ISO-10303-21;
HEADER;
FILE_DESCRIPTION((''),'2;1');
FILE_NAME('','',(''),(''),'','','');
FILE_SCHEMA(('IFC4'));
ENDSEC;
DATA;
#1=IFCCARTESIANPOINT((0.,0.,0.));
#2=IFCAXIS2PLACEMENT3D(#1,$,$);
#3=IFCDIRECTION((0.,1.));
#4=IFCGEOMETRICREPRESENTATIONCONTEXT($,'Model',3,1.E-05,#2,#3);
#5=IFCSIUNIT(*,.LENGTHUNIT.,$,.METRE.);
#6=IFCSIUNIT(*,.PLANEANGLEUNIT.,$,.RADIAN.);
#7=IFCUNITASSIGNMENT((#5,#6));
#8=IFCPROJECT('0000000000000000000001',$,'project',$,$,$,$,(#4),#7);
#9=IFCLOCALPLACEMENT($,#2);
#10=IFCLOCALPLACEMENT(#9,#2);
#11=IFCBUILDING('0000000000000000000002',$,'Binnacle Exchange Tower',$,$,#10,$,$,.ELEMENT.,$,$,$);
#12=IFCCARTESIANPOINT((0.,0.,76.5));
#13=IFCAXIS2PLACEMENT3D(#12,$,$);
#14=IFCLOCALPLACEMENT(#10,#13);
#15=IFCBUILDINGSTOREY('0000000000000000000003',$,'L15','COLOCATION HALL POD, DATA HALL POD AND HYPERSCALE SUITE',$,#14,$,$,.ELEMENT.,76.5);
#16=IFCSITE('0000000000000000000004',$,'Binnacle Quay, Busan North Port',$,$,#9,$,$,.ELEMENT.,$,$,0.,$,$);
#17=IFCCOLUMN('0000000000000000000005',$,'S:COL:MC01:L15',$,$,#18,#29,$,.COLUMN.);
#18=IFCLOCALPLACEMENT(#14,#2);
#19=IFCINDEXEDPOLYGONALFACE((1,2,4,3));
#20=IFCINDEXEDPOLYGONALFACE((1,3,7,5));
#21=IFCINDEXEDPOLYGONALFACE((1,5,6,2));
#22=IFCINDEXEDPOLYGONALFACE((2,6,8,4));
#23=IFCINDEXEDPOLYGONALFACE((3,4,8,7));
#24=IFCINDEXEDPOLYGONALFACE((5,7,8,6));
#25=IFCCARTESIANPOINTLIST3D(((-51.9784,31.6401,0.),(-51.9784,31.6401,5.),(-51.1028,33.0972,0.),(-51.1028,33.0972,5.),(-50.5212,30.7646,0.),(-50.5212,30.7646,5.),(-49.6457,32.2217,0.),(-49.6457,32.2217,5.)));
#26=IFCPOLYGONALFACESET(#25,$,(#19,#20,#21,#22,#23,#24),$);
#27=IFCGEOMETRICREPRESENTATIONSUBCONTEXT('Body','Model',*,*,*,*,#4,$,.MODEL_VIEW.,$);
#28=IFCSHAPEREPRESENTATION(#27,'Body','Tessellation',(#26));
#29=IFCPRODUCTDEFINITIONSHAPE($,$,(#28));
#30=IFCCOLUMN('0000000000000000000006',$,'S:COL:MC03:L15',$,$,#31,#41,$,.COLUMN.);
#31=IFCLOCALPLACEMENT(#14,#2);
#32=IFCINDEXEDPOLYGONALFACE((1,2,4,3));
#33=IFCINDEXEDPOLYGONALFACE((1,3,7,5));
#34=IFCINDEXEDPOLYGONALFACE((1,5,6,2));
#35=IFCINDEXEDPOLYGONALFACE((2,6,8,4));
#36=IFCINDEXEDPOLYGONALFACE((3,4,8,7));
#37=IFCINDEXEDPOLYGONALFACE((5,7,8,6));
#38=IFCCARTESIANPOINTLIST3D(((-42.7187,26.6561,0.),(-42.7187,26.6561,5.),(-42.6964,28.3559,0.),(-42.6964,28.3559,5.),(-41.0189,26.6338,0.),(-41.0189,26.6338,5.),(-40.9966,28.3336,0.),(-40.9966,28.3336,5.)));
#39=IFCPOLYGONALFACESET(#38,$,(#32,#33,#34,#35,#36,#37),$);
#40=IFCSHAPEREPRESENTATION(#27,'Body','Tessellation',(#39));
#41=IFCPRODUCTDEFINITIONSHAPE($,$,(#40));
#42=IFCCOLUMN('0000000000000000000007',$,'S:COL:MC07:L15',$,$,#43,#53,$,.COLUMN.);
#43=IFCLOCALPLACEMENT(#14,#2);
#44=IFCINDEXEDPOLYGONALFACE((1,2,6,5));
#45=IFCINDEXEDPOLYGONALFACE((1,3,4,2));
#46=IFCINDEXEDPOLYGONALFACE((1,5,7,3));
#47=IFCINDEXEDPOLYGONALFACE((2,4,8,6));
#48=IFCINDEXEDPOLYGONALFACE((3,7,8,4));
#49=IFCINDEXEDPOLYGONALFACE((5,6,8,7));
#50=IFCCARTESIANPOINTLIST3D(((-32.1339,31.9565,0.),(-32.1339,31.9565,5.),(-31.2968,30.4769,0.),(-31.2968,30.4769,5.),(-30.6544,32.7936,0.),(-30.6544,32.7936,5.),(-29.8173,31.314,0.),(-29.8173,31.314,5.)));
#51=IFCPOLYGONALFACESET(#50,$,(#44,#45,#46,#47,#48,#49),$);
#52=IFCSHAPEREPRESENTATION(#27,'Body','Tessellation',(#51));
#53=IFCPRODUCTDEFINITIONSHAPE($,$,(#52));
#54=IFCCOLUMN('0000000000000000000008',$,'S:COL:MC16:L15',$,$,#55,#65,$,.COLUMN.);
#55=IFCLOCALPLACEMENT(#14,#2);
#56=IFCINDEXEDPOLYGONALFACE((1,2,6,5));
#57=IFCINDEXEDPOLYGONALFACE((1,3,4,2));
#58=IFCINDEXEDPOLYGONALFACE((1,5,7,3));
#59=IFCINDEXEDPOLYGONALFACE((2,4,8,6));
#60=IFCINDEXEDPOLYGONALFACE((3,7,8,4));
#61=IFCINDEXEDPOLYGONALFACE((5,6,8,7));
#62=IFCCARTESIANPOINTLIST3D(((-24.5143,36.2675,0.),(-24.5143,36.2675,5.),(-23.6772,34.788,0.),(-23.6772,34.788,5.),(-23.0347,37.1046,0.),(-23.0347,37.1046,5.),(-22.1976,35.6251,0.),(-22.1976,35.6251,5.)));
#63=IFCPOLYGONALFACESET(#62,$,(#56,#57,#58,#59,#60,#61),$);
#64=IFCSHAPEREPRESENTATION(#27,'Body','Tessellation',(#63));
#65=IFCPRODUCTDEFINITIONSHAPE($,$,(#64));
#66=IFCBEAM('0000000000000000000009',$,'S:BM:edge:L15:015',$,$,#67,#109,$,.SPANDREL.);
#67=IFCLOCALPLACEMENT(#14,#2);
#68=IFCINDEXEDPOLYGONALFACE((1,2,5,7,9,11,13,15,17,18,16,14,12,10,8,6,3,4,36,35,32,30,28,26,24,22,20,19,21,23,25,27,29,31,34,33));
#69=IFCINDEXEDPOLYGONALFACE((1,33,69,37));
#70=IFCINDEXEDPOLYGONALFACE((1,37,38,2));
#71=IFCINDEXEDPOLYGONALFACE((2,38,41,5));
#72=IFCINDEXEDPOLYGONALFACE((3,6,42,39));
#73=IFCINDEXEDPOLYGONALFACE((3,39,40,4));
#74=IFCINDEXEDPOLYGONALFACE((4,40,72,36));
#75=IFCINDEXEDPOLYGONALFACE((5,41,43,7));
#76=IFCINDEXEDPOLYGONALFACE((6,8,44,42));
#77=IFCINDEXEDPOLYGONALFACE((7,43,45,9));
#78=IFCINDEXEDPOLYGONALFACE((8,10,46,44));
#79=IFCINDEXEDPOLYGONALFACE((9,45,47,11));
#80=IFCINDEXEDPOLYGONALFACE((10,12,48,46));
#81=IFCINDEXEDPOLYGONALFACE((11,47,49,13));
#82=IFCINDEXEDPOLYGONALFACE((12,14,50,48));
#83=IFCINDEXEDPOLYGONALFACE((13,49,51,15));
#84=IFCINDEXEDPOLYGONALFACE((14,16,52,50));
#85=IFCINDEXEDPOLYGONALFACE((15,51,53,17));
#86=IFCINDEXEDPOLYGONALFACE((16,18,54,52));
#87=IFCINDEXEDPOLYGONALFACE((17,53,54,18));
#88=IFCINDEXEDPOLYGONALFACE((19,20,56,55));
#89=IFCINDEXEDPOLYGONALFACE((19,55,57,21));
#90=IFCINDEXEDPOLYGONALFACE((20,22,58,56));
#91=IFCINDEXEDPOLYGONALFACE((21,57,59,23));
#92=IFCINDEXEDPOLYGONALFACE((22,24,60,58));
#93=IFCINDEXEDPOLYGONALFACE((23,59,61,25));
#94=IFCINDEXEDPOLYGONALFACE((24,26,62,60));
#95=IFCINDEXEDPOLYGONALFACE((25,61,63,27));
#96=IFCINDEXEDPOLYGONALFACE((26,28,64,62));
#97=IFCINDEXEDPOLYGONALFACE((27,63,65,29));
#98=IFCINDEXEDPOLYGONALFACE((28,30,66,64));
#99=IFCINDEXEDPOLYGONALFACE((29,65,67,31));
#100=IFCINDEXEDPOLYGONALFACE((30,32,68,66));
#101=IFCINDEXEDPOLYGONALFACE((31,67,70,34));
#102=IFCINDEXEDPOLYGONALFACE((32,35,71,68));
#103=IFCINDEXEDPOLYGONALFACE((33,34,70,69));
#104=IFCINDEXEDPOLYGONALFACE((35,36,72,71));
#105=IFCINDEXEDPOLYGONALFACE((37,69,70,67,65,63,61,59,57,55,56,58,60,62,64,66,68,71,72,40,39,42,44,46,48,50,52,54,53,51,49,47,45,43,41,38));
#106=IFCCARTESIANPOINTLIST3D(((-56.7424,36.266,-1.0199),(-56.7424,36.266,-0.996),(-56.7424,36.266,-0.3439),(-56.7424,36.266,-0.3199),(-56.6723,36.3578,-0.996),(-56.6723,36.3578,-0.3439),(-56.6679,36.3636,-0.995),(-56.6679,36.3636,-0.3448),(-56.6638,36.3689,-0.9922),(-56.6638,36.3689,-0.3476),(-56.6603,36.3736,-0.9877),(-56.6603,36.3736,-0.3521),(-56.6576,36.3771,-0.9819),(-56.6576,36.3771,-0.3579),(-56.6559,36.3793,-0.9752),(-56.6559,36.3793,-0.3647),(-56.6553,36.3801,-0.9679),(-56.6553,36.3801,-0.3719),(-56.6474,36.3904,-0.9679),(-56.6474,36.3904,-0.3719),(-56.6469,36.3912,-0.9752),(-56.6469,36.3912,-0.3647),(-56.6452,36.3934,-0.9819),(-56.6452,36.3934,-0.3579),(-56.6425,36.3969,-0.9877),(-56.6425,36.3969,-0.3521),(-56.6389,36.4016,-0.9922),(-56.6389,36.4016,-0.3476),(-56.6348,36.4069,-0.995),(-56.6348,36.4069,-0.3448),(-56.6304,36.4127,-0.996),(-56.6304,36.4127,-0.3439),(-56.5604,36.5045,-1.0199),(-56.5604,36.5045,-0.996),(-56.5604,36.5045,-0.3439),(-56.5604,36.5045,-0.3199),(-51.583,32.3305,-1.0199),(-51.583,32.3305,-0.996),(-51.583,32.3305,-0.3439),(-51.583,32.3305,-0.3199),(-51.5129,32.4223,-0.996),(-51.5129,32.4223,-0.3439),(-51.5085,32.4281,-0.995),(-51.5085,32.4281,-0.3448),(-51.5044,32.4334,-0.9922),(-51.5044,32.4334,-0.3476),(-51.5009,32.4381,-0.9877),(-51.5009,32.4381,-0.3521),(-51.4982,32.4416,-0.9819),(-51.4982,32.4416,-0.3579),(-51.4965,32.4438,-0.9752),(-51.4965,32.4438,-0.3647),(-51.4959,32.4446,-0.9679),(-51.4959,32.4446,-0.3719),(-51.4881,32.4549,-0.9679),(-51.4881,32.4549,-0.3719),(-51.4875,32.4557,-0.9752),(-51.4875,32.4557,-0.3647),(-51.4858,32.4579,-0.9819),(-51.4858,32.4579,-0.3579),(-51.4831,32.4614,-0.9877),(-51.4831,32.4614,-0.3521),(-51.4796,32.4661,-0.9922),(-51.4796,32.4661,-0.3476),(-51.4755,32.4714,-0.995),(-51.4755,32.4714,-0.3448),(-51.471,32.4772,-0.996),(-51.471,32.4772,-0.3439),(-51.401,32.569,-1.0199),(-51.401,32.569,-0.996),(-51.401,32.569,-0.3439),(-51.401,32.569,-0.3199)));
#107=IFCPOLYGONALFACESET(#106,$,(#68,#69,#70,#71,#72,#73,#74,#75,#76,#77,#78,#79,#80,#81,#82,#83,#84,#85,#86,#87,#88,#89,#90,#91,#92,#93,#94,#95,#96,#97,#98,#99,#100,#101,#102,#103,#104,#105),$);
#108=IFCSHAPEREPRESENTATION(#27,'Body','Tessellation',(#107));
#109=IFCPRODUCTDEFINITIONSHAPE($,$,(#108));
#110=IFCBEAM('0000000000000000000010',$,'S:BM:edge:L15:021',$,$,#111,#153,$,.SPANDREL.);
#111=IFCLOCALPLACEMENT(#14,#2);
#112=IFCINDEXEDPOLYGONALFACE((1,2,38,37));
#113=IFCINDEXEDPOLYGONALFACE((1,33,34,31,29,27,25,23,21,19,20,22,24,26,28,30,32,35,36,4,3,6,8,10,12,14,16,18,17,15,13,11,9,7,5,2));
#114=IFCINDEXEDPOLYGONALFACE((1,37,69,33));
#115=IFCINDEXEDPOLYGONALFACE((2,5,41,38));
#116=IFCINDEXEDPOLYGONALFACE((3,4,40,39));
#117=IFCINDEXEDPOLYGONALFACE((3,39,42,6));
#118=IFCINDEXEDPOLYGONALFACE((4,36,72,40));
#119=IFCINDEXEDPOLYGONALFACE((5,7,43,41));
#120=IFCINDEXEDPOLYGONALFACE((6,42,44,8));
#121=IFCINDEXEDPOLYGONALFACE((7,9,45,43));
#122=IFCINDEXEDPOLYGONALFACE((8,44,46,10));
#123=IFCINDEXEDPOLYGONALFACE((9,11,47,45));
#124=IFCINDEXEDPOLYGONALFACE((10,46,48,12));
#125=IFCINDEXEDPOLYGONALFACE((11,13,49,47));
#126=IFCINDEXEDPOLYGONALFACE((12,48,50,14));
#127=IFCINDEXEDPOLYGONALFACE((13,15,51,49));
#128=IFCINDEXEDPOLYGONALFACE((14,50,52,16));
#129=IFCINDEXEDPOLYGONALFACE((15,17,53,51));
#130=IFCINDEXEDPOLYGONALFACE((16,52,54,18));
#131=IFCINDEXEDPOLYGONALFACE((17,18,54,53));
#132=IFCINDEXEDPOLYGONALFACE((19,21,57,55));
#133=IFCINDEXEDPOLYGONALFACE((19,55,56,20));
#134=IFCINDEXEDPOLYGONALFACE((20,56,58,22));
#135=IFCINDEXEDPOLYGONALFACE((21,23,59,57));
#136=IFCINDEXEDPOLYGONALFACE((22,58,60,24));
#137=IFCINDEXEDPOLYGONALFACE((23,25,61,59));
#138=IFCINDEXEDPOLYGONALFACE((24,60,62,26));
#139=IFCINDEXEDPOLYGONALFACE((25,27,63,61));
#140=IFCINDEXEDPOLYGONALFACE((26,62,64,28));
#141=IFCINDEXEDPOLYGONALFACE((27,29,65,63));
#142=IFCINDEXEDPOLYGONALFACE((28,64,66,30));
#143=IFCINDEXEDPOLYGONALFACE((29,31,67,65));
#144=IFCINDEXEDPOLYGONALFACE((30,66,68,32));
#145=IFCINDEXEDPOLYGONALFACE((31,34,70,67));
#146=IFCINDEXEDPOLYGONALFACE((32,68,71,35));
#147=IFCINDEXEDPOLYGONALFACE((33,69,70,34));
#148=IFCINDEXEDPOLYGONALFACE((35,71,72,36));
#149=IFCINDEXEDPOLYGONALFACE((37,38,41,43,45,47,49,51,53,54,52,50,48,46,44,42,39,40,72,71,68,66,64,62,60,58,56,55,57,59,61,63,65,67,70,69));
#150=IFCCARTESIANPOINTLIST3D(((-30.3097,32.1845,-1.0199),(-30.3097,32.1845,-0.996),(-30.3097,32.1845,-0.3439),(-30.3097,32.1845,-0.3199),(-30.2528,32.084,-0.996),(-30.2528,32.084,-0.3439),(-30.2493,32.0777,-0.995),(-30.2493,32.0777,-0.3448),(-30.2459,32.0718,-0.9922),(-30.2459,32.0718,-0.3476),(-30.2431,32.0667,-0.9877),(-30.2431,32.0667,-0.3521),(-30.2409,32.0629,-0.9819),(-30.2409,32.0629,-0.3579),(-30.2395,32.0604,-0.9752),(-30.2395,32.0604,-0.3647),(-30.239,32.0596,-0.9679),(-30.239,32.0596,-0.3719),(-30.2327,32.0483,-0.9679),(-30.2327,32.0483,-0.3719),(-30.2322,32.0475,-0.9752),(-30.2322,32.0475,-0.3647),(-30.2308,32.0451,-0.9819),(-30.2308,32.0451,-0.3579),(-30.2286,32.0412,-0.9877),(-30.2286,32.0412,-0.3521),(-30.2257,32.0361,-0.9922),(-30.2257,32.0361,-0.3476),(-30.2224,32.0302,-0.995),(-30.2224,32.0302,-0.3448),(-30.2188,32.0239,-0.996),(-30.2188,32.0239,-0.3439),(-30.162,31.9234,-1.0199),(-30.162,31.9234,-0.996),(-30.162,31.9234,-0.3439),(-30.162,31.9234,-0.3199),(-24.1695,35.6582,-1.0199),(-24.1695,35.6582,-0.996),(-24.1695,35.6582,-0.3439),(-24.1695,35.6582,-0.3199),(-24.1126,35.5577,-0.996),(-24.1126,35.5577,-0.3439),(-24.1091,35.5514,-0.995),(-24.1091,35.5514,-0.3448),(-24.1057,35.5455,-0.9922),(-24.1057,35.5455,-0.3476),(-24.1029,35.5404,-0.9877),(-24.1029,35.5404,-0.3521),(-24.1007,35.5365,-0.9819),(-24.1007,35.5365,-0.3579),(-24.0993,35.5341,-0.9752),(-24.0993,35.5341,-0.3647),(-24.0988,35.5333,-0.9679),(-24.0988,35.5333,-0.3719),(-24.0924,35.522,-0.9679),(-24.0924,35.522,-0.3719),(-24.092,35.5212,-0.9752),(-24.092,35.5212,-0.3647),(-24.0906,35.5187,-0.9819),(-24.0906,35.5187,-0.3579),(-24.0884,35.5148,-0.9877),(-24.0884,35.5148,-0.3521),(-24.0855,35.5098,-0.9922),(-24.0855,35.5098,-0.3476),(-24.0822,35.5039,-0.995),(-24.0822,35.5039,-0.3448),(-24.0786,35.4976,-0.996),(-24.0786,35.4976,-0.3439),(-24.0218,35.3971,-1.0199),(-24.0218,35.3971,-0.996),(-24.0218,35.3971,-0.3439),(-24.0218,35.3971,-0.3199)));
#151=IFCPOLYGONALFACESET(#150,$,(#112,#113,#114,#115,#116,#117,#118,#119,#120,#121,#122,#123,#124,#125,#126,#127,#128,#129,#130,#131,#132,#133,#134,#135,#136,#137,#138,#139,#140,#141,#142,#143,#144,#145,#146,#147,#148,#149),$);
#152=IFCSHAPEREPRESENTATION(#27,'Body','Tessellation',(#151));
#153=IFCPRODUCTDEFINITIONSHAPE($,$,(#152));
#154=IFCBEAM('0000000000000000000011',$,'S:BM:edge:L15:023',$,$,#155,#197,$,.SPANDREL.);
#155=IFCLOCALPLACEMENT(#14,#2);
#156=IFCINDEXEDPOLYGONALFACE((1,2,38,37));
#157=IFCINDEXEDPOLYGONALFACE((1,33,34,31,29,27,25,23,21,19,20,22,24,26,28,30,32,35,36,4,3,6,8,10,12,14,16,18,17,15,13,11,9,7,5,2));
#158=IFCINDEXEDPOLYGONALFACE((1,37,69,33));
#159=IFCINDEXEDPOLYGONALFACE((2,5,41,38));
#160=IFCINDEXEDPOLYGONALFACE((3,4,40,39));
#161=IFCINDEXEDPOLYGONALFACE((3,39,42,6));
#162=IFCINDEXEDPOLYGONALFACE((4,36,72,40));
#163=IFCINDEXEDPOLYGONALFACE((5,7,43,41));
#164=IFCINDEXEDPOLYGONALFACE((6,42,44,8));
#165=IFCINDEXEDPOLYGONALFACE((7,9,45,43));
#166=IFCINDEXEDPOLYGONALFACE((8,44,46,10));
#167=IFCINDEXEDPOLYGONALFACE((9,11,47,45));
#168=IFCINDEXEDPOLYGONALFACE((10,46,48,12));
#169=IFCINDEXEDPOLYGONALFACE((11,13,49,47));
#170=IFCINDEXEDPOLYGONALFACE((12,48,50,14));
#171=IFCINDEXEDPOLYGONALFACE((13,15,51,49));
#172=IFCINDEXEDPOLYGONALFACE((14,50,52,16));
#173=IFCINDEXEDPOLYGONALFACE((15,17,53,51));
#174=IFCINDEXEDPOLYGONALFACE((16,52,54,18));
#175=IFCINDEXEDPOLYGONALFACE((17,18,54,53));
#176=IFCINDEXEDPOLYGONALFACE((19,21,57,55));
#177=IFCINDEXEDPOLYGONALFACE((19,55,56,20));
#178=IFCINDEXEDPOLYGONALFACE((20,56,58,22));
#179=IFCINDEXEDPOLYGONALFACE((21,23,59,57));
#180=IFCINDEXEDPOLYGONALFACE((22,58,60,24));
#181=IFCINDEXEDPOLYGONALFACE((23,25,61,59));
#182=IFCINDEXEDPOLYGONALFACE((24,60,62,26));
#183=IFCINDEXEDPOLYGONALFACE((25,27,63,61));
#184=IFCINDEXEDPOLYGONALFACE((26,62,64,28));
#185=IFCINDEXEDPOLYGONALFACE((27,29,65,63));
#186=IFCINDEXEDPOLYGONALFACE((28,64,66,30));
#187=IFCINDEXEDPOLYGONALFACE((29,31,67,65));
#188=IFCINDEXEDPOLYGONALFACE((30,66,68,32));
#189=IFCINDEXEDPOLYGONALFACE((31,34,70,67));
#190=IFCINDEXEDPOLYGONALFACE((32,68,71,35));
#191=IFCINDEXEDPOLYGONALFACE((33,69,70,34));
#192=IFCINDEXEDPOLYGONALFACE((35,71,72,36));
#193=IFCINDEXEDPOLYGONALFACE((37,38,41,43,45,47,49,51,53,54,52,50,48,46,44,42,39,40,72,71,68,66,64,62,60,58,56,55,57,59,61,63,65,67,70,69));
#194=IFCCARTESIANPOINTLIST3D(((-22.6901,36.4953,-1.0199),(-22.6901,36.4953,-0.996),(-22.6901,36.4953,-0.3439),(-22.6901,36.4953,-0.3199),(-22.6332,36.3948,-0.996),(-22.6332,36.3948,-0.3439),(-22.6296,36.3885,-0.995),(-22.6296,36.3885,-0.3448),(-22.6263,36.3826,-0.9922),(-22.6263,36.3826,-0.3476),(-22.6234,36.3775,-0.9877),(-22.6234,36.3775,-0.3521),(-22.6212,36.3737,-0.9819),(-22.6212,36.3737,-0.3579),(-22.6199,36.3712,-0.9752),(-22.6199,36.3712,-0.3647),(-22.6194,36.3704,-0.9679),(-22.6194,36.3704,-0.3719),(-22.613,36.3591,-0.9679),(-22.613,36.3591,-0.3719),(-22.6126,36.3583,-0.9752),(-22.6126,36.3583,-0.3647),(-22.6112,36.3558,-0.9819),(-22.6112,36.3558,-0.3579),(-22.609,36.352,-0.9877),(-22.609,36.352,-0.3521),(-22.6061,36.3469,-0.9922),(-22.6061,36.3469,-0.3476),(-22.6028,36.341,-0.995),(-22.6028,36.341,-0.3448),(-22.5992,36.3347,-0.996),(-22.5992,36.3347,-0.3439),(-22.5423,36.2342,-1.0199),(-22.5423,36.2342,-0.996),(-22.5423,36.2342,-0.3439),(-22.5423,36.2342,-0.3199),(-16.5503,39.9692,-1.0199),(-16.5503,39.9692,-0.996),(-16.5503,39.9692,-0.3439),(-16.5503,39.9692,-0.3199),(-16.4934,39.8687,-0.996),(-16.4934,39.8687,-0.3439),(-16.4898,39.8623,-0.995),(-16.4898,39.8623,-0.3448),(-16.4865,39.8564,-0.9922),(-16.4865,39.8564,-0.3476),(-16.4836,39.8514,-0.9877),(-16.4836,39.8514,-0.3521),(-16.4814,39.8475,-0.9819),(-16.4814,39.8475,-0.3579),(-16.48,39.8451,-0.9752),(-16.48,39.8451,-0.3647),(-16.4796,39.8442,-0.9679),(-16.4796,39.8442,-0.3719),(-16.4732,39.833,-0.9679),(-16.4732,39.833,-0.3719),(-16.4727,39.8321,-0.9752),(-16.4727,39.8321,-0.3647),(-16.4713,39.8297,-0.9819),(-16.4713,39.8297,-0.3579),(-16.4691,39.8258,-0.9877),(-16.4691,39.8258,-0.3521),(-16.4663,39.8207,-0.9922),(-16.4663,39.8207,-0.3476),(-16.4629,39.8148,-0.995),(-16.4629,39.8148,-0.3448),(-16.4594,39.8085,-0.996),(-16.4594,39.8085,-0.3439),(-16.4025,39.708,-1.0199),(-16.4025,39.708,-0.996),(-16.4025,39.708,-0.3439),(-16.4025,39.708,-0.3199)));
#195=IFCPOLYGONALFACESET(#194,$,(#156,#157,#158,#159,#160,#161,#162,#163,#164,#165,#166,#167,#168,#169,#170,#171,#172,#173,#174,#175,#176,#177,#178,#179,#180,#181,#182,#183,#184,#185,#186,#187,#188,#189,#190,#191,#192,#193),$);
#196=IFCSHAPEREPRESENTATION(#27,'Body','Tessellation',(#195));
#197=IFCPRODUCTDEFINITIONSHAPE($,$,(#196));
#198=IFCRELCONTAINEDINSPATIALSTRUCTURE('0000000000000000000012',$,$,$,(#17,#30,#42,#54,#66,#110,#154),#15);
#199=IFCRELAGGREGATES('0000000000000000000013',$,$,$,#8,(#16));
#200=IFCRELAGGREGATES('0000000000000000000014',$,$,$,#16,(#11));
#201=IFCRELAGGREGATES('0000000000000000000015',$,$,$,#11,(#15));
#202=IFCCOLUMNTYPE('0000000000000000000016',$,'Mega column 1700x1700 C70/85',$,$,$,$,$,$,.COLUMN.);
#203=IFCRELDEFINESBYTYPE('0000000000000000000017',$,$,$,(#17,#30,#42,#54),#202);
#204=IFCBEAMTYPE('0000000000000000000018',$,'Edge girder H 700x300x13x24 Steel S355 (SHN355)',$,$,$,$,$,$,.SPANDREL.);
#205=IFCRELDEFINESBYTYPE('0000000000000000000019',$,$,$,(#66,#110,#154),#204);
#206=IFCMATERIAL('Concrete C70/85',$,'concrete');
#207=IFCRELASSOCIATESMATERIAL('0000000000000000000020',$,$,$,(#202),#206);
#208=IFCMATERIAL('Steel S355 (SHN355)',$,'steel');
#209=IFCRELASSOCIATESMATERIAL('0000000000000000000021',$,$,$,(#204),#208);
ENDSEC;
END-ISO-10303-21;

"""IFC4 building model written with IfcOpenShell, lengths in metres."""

from ifc_helpers import new_model, si_unit, direction, frame, origin, origin_2d, place, context, subcontext, project, spatial, rectangle, i_section, extrude, material, material_profile, profile_set, type_object, element, save


model = new_model("IFC4")

# Units and contexts
model_context = context("Model", 3, precision=1e-05, world=origin(), true_north=direction((0.0, 1.0)))
body_context = subcontext(model_context, "Body", "Model", "MODEL_VIEW")
ifc_project = project(units=[si_unit("LENGTHUNIT", "METRE"), si_unit("PLANEANGLEUNIT", "RADIAN")], contexts=[model_context])

# Site, building, storey
site_placement = place(None, origin())
site = spatial("IfcSite", under=ifc_project, at=site_placement, Name="Binnacle Quay, Busan North Port", CompositionType="ELEMENT", RefElevation=0.0)
building_placement = place(site_placement, origin())
building = spatial("IfcBuilding", under=site, at=building_placement, Name="Binnacle Exchange Tower", CompositionType="ELEMENT")
storey_placement = place(building_placement, frame((0.0, 0.0, 76.5)))
storey = spatial("IfcBuildingStorey", under=building, at=storey_placement, Name="L15", Description="COLOCATION HALL POD, DATA HALL POD AND HYPERSCALE SUITE", CompositionType="ELEMENT", Elevation=76.5)

# Columns
ifc_material_1 = material(Name="Concrete C70/85", Category="concrete")
ifc_material_profile_1 = material_profile(ifc_material_1, rectangle(XDim=1.7, YDim=1.7, at=origin_2d()), Name="Mega column 1700x1700 C70/85")
ifc_profile_set_1 = profile_set([ifc_material_profile_1], Name="Concrete C70/85")
column_type = type_object("IfcColumnType", Name="Mega column 1700x1700 C70/85", PredefinedType="COLUMN", material=ifc_profile_set_1)
for number, where, z_axis, x_axis, name in (
    (1, (-50.812, 31.9309, 0.0), (0.0, 0.0, 1.0), (0.857167, -0.515038, 0.0), "S:COL:MC01:L15"),
    (2, (-41.8577, 27.4949, 0.0), (0.0, 0.0, 1.0), (0.999914, -0.01309, 0.0), "S:COL:MC03:L15"),
    (3, (-30.9756, 31.6353, 0.0), (0.0, 0.0, 1.0), (0.870356, 0.492424, 0.0), "S:COL:MC07:L15"),
    (4, (-23.356, 35.9463, 0.0), (0.0, 0.0, 1.0), (0.870356, 0.492424, 0.0), "S:COL:MC16:L15"),
):
    element("IfcColumn", number, at=place(storey_placement, frame(where, z_axis=z_axis, x_axis=x_axis)), inside=storey, type_object=column_type, Name=name, PredefinedType="COLUMN", context=body_context, shape_type="SweptSolid", body=[
        extrude(rectangle(XDim=1.7, YDim=1.7, at=origin_2d()), origin(), (0.0, 0.0, 1.0), 5.0),
    ])

# Beams
ifc_material_2 = material(Name="Steel S355 (SHN355)", Category="steel")
ifc_material_profile_2 = material_profile(ifc_material_2, i_section(OverallWidth=0.3, OverallDepth=0.7, WebThickness=0.0129, FlangeThickness=0.0239, FilletRadius=0.0281, at=origin_2d()), Name="H 700x300x13x24")
ifc_profile_set_2 = profile_set([ifc_material_profile_2], Name="Steel S355 (SHN355)")
beam_type_1 = type_object("IfcBeamType", Name="Edge girder H 700x300x13x24 Steel S355 (SHN355)", PredefinedType="SPANDREL", material=ifc_profile_set_2)
beam_1_placement = place(storey_placement, frame((-56.6514, 36.3853, -0.6699), z_axis=(0.795093, -0.606487, 0.0), x_axis=(0.606487, 0.795093, 0.0)))
element("IfcBeam", 5, at=beam_1_placement, inside=storey, type_object=beam_type_1, Name="S:BM:edge:L15:015", PredefinedType="SPANDREL", context=body_context, shape_type="SweptSolid", body=[
    extrude(i_section(OverallWidth=0.3, OverallDepth=0.7, WebThickness=0.0129, FlangeThickness=0.0239, FilletRadius=0.0281, at=origin_2d()), origin(), (0.0, 0.0, 1.0), 6.489),
])
beam_2_placement = place(storey_placement, frame((-30.2358, 32.054, -0.6699), z_axis=(0.870373, 0.492392, 0.0), x_axis=(-0.492392, 0.870373, 0.0)))
element("IfcBeam", 6, at=beam_2_placement, inside=storey, type_object=beam_type_1, Name="S:BM:edge:L15:021", PredefinedType="SPANDREL", context=body_context, shape_type="SweptSolid", body=[
    extrude(i_section(OverallWidth=0.3, OverallDepth=0.7, WebThickness=0.0129, FlangeThickness=0.0239, FilletRadius=0.0281, at=origin_2d()), origin(), (0.0, 0.0, 1.0), 7.0547),
])
beam_3_placement = place(storey_placement, frame((-22.6162, 36.3647, -0.6699), z_axis=(0.87035, 0.492434, 0.0), x_axis=(-0.492434, 0.87035, 0.0)))
element("IfcBeam", 7, at=beam_3_placement, inside=storey, type_object=beam_type_1, Name="S:BM:edge:L15:023", PredefinedType="SPANDREL", context=body_context, shape_type="SweptSolid", body=[
    extrude(i_section(OverallWidth=0.3, OverallDepth=0.7, WebThickness=0.0129, FlangeThickness=0.0239, FilletRadius=0.0281, at=origin_2d()), origin(), (0.0, 0.0, 1.0), 7.0544),
])

save(model, "model.ifc")
